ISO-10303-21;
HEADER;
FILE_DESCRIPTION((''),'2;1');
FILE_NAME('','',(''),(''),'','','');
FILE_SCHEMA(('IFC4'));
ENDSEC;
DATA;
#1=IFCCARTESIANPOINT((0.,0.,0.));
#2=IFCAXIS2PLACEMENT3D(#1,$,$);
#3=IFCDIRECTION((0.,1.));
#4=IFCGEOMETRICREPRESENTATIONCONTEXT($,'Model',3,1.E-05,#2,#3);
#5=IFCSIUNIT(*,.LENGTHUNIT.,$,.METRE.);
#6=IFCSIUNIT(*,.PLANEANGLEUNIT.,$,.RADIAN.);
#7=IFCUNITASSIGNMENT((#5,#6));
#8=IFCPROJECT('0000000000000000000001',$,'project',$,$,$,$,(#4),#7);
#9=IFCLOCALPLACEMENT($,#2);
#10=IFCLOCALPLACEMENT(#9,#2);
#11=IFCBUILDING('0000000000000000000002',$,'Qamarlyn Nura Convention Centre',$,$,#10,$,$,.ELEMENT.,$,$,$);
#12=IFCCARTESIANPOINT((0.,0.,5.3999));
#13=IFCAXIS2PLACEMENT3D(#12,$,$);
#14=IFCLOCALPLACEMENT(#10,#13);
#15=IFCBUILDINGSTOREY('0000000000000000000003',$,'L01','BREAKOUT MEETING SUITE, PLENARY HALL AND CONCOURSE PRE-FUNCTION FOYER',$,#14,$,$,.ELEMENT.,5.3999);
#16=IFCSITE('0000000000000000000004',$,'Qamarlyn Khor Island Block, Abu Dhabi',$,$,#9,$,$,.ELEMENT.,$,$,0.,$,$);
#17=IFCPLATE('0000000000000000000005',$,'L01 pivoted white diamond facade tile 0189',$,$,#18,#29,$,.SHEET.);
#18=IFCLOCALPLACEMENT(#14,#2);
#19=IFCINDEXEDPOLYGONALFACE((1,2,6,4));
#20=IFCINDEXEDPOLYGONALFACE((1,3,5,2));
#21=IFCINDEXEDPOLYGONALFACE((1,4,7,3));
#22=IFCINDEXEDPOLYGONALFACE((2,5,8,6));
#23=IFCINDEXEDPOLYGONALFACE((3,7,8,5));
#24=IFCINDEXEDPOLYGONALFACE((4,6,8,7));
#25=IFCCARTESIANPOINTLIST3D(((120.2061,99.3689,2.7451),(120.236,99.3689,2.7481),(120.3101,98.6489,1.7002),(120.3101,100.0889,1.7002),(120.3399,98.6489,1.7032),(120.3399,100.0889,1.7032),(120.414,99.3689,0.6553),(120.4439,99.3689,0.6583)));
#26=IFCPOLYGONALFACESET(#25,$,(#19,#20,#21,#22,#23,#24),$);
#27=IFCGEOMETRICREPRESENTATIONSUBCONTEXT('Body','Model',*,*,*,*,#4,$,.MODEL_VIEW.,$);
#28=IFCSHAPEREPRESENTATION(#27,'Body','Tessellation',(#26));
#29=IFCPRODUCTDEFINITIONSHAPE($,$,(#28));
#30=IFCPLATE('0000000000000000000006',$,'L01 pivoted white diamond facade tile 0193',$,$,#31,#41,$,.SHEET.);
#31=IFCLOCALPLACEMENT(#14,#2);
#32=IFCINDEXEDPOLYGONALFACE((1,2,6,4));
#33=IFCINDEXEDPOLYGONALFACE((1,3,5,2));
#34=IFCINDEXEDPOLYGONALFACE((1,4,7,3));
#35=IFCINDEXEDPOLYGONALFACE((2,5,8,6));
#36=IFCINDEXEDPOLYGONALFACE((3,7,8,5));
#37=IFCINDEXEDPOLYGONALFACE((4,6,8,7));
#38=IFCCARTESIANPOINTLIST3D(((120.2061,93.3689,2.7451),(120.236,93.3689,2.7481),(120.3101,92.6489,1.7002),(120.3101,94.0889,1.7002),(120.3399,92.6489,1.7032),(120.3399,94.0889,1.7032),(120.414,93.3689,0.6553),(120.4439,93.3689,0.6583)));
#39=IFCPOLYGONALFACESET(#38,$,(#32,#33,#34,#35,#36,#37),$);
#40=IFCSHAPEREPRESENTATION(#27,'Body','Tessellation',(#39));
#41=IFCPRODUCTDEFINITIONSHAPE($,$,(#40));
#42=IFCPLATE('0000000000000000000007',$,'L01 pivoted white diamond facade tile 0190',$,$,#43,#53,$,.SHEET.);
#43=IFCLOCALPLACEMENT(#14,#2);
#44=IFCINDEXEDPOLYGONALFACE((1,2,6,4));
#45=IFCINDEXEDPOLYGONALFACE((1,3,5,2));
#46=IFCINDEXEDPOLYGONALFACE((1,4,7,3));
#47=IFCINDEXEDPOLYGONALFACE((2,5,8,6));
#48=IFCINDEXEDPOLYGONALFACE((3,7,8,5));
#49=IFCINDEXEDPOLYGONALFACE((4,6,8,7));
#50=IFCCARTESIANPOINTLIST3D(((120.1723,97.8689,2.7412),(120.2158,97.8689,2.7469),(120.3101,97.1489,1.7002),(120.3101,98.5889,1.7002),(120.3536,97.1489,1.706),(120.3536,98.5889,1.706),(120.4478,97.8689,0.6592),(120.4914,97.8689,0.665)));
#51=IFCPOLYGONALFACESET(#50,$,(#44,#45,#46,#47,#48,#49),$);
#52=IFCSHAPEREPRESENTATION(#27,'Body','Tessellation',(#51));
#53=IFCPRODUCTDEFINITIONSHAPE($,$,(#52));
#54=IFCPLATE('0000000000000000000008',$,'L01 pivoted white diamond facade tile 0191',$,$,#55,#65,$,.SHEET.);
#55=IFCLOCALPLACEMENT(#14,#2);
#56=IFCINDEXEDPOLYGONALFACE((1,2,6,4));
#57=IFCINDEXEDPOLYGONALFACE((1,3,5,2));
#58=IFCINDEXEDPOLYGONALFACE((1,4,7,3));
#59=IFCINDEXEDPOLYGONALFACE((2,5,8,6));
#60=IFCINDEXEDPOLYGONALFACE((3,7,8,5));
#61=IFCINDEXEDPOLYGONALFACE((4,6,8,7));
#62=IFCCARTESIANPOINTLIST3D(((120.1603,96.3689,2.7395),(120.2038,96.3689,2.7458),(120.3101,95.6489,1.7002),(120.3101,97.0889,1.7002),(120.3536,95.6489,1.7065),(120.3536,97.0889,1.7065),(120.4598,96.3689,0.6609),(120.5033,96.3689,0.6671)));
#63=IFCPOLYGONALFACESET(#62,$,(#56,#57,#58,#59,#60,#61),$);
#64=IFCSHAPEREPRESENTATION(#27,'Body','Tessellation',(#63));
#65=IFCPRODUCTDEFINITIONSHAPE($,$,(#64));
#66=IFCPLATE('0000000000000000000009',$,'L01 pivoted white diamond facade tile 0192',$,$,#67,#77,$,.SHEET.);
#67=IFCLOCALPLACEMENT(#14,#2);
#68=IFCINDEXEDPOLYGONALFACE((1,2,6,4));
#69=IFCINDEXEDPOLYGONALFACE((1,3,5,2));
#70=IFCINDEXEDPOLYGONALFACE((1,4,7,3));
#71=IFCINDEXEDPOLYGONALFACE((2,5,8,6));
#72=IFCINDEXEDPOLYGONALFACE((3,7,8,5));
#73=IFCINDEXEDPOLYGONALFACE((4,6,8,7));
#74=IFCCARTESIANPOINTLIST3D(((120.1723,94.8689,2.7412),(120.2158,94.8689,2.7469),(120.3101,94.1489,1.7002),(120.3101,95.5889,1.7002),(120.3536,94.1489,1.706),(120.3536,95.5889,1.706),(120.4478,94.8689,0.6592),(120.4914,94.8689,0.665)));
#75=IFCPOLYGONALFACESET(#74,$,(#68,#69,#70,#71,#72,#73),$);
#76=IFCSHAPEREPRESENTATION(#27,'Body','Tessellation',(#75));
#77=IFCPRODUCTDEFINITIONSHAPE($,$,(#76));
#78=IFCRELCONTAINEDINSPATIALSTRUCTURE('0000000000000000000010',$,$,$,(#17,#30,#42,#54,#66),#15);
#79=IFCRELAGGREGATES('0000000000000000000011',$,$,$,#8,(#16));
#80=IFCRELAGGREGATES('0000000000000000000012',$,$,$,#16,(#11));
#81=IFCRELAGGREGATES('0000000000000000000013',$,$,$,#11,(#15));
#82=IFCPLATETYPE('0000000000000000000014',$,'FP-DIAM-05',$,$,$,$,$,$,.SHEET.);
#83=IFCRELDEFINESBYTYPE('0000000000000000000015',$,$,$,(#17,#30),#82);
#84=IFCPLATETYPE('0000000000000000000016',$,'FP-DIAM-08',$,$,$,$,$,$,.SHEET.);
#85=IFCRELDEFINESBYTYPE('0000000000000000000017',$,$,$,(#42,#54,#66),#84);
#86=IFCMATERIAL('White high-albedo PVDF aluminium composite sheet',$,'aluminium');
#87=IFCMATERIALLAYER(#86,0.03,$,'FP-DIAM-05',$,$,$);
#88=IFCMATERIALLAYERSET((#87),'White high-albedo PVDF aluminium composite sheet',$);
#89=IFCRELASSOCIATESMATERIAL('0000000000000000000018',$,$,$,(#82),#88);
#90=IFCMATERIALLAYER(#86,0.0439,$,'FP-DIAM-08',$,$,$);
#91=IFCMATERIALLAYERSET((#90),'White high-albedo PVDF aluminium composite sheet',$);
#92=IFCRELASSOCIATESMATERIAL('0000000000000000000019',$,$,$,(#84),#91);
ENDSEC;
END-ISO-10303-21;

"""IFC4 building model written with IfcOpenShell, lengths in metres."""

from ifc_helpers import new_model, si_unit, direction, frame, origin, place, context, subcontext, project, spatial, polyline, outline, extrude, material, layer, layer_set, type_object, element, save


model = new_model("IFC4")

# Units and contexts
model_context = context("Model", 3, precision=1e-05, world=origin(), true_north=direction((0.0, 1.0)))
body_context = subcontext(model_context, "Body", "Model", "MODEL_VIEW")
ifc_project = project(units=[si_unit("LENGTHUNIT", "METRE"), si_unit("PLANEANGLEUNIT", "RADIAN")], contexts=[model_context])

# Site, building, storey
site_placement = place(None, origin())
site = spatial("IfcSite", under=ifc_project, at=site_placement, Name="Qamarlyn Khor Island Block, Abu Dhabi", CompositionType="ELEMENT", RefElevation=0.0)
building_placement = place(site_placement, origin())
building = spatial("IfcBuilding", under=site, at=building_placement, Name="Qamarlyn Nura Convention Centre", CompositionType="ELEMENT")
storey_placement = place(building_placement, frame((0.0, 0.0, 5.3999)))
storey = spatial("IfcBuildingStorey", under=building, at=storey_placement, Name="L01", Description="BREAKOUT MEETING SUITE, PLENARY HALL AND CONCOURSE PRE-FUNCTION FOYER", CompositionType="ELEMENT", Elevation=5.3999)

# Plates
ifc_material_1 = material(Name="White high-albedo PVDF aluminium composite sheet", Category="aluminium")
ifc_layer_1 = layer(ifc_material_1, 0.03, Name="FP-DIAM-05")
ifc_layer_set_1 = layer_set([ifc_layer_1], Name="White high-albedo PVDF aluminium composite sheet")
plate_type_1 = type_object("IfcPlateType", Name="FP-DIAM-05", PredefinedType="SHEET", material=ifc_layer_set_1)
for number, where, z_axis, x_axis, name in (
    (1, (120.3101, 99.3689, 1.7002), (0.99509, 0.0, 0.098972), (0.0, 1.0, 0.0), "L01 pivoted white diamond facade tile 0189"),
    (2, (120.3101, 93.3689, 1.7002), (0.99509, 0.0, 0.098972), (0.0, 1.0, 0.0), "L01 pivoted white diamond facade tile 0193"),
):
    element("IfcPlate", number, at=place(storey_placement, frame(where, z_axis=z_axis, x_axis=x_axis)), inside=storey, type_object=plate_type_1, Name=name, PredefinedType="SHEET", context=body_context, shape_type="SweptSolid", body=[
        extrude(outline(polyline([(-0.72, 0.0), (0.0, -1.05), (0.72, 0.0), (0.0, 1.05), (-0.72, 0.0)])), origin(), (0.0, 0.0, 1.0), 0.03),
    ])
ifc_layer_2 = layer(ifc_material_1, 0.0439, Name="FP-DIAM-08")
ifc_layer_set_2 = layer_set([ifc_layer_2], Name="White high-albedo PVDF aluminium composite sheet")
plate_type_2 = type_object("IfcPlateType", Name="FP-DIAM-08", PredefinedType="SHEET", material=ifc_layer_set_2)
for number, where, z_axis, x_axis, name in (
    (3, (120.3101, 97.8689, 1.7002), (0.991353, 0.0, 0.131218), (0.0, 1.0, 0.0), "L01 pivoted white diamond facade tile 0190"),
    (4, (120.3101, 96.3689, 1.7002), (0.989776, 0.0, 0.142629), (0.0, 1.0, 0.0), "L01 pivoted white diamond facade tile 0191"),
    (5, (120.3101, 94.8689, 1.7002), (0.991353, 0.0, 0.131218), (0.0, 1.0, 0.0), "L01 pivoted white diamond facade tile 0192"),
):
    element("IfcPlate", number, at=place(storey_placement, frame(where, z_axis=z_axis, x_axis=x_axis)), inside=storey, type_object=plate_type_2, Name=name, PredefinedType="SHEET", context=body_context, shape_type="SweptSolid", body=[
        extrude(outline(polyline([(-0.72, 0.0), (0.0, -1.05), (0.72, 0.0), (0.0, 1.05), (-0.72, 0.0)])), origin(), (0.0, 0.0, 1.0), 0.0439),
    ])

save(model, "model.ifc")
